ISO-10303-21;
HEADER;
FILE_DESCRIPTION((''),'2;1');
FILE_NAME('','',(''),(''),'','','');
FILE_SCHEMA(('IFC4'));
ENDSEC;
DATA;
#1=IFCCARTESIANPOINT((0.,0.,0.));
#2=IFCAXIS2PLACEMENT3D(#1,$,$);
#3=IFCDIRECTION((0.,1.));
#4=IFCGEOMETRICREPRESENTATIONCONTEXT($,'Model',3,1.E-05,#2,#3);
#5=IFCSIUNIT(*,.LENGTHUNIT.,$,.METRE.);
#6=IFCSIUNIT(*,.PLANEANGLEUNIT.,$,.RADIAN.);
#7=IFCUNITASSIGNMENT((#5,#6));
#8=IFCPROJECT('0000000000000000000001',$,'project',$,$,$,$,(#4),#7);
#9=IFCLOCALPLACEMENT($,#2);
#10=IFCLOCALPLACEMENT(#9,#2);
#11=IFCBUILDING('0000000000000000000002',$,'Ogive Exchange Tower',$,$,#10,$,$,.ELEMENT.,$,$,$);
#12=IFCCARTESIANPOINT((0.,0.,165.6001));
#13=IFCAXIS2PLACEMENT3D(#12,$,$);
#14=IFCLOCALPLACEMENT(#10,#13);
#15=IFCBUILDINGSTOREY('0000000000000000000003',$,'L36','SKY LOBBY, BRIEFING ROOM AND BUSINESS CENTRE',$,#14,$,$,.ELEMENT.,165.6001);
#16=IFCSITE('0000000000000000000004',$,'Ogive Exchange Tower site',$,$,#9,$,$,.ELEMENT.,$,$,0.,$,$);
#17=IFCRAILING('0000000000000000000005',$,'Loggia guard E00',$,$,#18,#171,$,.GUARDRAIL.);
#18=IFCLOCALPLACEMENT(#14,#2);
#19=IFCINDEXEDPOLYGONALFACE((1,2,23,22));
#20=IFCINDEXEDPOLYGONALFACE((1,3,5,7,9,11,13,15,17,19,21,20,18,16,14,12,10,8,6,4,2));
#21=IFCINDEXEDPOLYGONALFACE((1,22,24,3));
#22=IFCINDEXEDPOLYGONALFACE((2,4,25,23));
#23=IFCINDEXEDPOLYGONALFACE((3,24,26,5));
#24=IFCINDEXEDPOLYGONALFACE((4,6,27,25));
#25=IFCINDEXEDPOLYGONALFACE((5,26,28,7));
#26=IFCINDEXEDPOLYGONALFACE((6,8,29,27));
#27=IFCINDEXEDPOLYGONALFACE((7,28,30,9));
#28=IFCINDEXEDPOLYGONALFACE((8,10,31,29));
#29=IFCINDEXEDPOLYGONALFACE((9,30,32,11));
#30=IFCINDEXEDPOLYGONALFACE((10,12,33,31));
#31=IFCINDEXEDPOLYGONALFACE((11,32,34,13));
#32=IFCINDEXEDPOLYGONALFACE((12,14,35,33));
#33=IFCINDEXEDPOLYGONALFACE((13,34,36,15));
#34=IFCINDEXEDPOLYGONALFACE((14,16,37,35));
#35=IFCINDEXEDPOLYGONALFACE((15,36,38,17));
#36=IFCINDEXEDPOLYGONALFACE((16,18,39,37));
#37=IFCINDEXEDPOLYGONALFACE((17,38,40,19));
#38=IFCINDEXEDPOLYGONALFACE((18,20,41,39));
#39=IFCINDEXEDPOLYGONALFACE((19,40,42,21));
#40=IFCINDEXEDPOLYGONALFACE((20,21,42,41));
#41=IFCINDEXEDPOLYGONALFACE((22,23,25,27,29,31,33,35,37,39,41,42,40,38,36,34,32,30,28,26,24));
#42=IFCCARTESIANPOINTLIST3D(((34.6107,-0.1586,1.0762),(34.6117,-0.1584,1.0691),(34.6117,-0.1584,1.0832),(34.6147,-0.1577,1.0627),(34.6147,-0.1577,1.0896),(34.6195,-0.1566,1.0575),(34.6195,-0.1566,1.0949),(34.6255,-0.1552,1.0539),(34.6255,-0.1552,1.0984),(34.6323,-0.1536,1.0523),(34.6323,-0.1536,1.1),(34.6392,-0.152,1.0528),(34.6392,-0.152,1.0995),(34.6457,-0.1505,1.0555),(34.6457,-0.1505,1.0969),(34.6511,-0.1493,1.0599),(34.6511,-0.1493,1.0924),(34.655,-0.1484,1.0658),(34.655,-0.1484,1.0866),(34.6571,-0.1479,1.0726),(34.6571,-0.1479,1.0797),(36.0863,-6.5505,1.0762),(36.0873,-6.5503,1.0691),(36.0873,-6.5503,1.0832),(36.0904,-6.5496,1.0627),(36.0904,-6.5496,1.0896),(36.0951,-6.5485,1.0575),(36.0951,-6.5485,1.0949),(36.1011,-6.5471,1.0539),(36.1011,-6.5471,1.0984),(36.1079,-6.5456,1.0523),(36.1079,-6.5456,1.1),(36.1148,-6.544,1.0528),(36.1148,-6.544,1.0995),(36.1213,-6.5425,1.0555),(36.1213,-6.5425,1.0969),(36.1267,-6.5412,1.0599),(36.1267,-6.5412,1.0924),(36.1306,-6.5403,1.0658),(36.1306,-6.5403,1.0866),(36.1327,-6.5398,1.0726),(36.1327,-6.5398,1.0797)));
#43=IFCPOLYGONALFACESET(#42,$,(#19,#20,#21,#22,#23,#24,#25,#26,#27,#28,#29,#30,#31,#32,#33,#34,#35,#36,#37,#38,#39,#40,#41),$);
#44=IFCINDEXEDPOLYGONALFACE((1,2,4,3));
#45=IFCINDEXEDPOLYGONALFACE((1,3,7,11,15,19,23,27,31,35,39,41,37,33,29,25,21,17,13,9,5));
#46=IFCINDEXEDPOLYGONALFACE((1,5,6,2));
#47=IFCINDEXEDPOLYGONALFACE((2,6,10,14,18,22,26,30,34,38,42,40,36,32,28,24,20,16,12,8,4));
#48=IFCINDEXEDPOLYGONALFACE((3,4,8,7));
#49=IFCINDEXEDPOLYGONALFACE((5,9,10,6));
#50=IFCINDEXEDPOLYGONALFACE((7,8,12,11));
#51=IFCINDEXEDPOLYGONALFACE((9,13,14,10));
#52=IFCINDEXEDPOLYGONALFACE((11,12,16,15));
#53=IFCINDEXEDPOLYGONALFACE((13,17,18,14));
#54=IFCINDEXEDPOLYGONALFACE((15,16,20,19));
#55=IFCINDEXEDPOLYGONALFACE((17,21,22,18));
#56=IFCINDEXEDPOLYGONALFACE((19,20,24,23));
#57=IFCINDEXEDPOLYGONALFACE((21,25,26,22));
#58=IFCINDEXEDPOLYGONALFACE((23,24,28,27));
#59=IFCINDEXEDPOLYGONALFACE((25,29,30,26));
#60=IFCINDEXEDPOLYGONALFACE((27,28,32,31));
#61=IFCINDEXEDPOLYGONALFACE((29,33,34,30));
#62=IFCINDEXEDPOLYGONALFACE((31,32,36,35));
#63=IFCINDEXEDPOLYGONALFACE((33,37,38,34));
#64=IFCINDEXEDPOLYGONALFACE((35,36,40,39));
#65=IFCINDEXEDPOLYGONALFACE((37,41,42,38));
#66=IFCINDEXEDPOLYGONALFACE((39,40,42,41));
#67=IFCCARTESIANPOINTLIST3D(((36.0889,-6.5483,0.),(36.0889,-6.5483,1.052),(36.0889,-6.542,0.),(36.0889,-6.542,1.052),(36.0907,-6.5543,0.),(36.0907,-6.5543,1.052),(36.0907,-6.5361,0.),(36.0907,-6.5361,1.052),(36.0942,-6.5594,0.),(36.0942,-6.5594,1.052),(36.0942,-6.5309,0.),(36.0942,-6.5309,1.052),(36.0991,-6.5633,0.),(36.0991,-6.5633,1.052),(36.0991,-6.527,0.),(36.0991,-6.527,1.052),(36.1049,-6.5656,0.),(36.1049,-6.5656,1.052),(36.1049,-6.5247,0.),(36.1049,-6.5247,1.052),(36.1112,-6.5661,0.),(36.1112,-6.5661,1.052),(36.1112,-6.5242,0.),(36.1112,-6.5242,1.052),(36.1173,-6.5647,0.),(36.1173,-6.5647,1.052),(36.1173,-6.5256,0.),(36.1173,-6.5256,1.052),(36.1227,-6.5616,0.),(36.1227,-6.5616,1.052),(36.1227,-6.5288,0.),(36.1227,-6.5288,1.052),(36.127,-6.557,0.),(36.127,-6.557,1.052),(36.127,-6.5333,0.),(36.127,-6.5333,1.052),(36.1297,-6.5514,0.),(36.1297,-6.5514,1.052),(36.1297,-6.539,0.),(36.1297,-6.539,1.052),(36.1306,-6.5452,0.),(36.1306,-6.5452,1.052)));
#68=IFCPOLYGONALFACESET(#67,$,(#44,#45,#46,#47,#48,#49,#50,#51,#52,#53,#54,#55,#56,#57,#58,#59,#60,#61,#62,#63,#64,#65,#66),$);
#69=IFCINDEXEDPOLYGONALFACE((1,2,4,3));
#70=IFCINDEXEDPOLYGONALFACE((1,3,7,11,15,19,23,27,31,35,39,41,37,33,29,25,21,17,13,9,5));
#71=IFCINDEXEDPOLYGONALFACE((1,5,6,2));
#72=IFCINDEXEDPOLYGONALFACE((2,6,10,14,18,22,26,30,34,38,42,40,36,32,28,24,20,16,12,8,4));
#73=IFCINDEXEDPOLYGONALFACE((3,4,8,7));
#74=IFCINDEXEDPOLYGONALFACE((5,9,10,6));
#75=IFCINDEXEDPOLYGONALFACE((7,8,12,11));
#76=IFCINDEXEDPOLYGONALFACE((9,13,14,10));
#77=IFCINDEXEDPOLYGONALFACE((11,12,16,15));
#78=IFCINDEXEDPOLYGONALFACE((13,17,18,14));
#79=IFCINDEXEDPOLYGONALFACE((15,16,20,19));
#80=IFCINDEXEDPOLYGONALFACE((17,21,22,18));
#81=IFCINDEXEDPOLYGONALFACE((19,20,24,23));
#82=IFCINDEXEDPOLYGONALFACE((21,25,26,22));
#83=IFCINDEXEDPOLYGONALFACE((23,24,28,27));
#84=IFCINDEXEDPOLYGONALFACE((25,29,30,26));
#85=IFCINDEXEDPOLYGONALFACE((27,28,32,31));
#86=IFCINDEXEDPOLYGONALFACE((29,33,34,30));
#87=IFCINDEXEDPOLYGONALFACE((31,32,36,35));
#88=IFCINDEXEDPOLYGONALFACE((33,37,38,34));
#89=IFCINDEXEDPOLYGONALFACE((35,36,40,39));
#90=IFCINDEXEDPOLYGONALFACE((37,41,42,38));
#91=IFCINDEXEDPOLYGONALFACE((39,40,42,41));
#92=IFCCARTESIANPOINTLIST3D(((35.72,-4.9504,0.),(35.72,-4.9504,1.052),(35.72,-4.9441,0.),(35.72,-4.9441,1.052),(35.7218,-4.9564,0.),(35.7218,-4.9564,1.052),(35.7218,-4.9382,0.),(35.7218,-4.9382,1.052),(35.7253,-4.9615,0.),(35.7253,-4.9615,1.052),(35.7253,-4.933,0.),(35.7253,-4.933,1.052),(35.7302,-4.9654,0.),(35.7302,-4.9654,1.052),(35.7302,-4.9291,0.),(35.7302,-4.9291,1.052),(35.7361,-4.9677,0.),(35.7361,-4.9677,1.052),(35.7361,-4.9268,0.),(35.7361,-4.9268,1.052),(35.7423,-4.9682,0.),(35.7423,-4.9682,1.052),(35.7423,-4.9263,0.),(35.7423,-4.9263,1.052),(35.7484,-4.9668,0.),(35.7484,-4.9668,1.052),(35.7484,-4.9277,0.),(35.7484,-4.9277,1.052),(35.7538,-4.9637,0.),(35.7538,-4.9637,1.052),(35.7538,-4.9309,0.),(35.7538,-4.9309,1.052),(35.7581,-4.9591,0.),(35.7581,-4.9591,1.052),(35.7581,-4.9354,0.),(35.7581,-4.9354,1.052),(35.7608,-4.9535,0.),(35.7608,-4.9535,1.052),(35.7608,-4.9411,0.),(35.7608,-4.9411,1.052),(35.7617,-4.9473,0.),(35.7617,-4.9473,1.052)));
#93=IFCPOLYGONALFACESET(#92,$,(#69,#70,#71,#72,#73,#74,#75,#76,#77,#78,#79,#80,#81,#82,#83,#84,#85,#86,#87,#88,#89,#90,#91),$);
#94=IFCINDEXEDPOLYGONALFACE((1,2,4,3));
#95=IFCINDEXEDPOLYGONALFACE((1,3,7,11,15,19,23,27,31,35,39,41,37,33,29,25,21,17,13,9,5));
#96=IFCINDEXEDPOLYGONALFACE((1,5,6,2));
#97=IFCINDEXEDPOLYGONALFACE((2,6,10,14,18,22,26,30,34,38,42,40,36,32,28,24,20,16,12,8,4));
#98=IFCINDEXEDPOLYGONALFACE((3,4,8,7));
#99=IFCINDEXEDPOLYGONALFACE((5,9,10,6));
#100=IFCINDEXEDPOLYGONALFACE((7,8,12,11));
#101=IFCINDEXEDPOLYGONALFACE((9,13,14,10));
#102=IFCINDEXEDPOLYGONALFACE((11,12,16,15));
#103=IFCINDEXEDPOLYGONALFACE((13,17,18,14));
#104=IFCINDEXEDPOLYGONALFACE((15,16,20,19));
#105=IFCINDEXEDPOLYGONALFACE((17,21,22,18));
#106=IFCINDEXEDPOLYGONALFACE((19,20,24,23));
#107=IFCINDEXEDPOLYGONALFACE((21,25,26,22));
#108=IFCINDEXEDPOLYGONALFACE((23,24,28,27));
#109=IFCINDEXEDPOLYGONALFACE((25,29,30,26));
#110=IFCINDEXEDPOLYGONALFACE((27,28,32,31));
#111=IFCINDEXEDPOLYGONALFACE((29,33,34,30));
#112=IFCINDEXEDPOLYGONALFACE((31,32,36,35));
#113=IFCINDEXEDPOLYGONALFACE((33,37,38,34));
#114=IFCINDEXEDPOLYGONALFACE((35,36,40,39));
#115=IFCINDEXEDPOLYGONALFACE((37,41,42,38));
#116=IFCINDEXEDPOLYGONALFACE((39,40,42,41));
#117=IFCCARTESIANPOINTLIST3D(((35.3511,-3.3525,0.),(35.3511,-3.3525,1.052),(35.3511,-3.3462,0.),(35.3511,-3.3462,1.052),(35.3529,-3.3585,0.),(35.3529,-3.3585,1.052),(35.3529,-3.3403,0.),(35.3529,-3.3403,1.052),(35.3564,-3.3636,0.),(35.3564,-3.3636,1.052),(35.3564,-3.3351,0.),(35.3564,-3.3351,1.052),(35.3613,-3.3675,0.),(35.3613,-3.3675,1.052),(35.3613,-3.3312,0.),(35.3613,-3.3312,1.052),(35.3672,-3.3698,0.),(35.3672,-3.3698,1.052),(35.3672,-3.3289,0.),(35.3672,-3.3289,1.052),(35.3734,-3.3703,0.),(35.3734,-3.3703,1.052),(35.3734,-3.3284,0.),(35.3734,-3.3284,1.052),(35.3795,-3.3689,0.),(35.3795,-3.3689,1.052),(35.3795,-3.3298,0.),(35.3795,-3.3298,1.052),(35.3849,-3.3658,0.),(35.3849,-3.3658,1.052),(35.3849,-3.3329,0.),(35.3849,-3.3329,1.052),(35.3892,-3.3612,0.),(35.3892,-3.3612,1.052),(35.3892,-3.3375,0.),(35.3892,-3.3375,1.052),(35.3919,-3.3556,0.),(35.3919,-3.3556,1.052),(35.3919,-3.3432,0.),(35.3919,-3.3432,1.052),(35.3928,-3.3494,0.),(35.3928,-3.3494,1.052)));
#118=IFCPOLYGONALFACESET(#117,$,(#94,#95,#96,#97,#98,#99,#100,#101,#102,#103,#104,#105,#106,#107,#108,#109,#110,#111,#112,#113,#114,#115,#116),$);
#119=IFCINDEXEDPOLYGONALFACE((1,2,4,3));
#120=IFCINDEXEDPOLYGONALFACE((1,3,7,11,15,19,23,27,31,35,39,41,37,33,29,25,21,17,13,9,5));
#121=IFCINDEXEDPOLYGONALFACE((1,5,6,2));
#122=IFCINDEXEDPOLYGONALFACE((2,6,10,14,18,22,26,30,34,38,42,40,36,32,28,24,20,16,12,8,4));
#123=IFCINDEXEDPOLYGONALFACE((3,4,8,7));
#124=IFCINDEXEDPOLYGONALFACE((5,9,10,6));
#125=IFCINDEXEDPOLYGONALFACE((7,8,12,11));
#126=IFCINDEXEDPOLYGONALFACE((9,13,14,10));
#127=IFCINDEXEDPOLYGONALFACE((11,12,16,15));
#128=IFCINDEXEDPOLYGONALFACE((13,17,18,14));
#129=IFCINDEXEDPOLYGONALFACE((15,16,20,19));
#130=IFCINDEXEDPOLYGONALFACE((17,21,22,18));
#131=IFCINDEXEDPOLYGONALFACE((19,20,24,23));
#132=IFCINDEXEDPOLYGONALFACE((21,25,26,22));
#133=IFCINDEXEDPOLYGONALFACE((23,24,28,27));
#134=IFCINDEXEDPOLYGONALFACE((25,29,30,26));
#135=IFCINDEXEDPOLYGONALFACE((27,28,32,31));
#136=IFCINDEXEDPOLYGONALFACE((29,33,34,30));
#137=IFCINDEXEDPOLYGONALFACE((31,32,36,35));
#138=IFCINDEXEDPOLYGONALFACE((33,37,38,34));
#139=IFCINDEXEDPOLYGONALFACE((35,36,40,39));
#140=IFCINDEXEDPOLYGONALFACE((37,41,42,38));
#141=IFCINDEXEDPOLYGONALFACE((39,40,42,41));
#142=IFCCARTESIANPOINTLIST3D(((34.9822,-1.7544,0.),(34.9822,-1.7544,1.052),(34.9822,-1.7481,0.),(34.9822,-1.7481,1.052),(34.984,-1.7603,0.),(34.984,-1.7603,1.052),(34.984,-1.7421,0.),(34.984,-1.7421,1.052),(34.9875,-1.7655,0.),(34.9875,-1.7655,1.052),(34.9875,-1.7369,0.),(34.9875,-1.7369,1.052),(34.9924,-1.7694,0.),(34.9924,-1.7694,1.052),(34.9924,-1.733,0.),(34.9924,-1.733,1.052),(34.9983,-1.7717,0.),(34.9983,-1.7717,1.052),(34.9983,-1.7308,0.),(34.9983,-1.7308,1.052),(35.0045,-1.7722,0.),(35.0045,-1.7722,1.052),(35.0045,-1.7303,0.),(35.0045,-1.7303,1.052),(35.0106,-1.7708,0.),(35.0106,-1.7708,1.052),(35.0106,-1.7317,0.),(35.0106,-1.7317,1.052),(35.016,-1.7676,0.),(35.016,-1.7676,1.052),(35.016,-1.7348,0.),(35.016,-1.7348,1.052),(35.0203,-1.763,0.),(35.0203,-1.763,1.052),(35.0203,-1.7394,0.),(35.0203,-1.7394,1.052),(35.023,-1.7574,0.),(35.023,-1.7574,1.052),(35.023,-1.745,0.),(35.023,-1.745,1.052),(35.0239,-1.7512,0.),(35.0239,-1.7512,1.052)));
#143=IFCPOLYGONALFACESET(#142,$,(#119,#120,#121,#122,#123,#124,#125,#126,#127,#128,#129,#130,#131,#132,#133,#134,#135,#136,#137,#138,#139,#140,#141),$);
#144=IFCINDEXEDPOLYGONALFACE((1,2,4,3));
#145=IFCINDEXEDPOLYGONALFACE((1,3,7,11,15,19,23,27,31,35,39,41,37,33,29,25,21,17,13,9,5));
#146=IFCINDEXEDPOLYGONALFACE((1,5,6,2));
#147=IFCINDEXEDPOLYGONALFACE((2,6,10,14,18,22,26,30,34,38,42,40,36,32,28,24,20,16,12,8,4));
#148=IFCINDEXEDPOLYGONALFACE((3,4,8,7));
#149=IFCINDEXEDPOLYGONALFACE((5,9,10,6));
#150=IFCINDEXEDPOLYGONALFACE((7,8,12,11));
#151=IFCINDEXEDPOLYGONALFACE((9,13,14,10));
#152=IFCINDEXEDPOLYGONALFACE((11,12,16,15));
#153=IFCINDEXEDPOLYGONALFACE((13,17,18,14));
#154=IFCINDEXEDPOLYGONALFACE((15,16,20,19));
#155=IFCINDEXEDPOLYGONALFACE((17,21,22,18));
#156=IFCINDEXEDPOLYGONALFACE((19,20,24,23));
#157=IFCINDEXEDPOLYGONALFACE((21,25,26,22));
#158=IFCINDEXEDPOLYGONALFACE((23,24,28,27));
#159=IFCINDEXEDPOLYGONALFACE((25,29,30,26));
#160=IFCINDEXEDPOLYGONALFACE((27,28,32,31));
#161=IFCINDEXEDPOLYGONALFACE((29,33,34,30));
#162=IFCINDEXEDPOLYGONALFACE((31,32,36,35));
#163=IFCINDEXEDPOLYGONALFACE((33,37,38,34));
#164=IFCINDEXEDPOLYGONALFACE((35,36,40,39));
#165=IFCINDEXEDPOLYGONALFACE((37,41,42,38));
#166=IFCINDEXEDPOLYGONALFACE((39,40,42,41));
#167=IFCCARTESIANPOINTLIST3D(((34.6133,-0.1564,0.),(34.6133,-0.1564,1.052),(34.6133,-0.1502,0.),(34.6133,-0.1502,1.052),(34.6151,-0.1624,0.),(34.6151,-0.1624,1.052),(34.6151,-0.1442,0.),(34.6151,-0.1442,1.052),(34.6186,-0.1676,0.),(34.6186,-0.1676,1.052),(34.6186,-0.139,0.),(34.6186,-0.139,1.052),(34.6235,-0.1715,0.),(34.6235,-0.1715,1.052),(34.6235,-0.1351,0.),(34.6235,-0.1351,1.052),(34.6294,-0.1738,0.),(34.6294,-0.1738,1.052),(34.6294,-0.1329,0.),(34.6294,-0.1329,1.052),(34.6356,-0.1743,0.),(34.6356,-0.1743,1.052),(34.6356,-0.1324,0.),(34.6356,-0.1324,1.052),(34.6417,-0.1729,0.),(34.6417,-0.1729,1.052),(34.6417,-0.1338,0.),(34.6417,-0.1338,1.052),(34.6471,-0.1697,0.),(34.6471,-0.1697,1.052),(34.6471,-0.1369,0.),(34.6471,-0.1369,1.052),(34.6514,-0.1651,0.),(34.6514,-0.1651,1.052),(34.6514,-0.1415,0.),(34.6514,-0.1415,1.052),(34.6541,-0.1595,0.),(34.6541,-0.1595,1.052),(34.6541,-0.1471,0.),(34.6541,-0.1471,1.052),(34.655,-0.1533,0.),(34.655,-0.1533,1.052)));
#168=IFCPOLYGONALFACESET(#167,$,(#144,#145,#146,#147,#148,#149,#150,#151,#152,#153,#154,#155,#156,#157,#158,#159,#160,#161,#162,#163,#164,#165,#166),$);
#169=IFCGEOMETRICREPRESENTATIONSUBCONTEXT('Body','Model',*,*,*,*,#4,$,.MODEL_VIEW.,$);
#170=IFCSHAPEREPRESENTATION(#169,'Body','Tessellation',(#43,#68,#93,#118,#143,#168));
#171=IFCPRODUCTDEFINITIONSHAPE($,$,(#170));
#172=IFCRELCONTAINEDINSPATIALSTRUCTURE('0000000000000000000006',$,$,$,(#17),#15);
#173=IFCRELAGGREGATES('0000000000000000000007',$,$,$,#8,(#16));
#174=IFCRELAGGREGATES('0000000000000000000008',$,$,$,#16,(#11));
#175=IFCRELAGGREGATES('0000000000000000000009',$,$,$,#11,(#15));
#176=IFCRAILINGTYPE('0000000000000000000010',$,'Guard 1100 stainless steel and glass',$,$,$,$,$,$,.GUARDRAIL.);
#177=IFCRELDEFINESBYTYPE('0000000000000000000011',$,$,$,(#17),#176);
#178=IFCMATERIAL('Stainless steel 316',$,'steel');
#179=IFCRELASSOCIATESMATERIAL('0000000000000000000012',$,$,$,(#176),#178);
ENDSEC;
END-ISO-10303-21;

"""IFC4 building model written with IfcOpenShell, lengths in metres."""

from ifc_helpers import new_model, si_unit, direction, frame, origin, origin_2d, place, context, subcontext, project, spatial, circle, extrude, material, type_object, element, save


model = new_model("IFC4")

# Units and contexts
model_context = context("Model", 3, precision=1e-05, world=origin(), true_north=direction((0.0, 1.0)))
body_context = subcontext(model_context, "Body", "Model", "MODEL_VIEW")
ifc_project = project(units=[si_unit("LENGTHUNIT", "METRE"), si_unit("PLANEANGLEUNIT", "RADIAN")], contexts=[model_context])

# Site, building, storey
site_placement = place(None, origin())
site = spatial("IfcSite", under=ifc_project, at=site_placement, Name="Ogive Exchange Tower site", CompositionType="ELEMENT", RefElevation=0.0)
building_placement = place(site_placement, origin())
building = spatial("IfcBuilding", under=site, at=building_placement, Name="Ogive Exchange Tower", CompositionType="ELEMENT")
storey_placement = place(building_placement, frame((0.0, 0.0, 165.6001)))
storey = spatial("IfcBuildingStorey", under=building, at=storey_placement, Name="L36", Description="SKY LOBBY, BRIEFING ROOM AND BUSINESS CENTRE", CompositionType="ELEMENT", Elevation=165.6001)

# Railing
ifc_material_1 = material(Name="Stainless steel 316", Category="steel")
railing_type_1 = type_object("IfcRailingType", Name="Guard 1100 stainless steel and glass", PredefinedType="GUARDRAIL", material=ifc_material_1)
railing_1_placement = place(storey_placement, frame((36.1096, -6.5452, 0.0)))
element("IfcRailing", 1, at=railing_1_placement, inside=storey, type_object=railing_type_1, Name="Loggia guard E00", PredefinedType="GUARDRAIL", context=body_context, shape_type="SweptSolid", body=[
    extrude(circle(Radius=0.0239, at=origin_2d()), frame((0.0, 0.0, 1.0762), z_axis=(-0.224938, 0.974373, 0.0), x_axis=(-0.974373, -0.224938, 0.0)), (0.0, 0.0, 1.0), 6.5601),
    extrude(circle(Radius=0.021, at=origin_2d()), origin(), (0.0, 0.0, 1.0), 1.052),
    extrude(circle(Radius=0.021, at=origin_2d()), frame((-0.3689, 1.5979, 0.0)), (0.0, 0.0, 1.0), 1.052),
    extrude(circle(Radius=0.021, at=origin_2d()), frame((-0.7378, 3.1958, 0.0)), (0.0, 0.0, 1.0), 1.052),
    extrude(circle(Radius=0.021, at=origin_2d()), frame((-1.1067, 4.7939, 0.0)), (0.0, 0.0, 1.0), 1.052),
    extrude(circle(Radius=0.021, at=origin_2d()), frame((-1.4756, 6.3918, 0.0)), (0.0, 0.0, 1.0), 1.052),
])

save(model, "model.ifc")
